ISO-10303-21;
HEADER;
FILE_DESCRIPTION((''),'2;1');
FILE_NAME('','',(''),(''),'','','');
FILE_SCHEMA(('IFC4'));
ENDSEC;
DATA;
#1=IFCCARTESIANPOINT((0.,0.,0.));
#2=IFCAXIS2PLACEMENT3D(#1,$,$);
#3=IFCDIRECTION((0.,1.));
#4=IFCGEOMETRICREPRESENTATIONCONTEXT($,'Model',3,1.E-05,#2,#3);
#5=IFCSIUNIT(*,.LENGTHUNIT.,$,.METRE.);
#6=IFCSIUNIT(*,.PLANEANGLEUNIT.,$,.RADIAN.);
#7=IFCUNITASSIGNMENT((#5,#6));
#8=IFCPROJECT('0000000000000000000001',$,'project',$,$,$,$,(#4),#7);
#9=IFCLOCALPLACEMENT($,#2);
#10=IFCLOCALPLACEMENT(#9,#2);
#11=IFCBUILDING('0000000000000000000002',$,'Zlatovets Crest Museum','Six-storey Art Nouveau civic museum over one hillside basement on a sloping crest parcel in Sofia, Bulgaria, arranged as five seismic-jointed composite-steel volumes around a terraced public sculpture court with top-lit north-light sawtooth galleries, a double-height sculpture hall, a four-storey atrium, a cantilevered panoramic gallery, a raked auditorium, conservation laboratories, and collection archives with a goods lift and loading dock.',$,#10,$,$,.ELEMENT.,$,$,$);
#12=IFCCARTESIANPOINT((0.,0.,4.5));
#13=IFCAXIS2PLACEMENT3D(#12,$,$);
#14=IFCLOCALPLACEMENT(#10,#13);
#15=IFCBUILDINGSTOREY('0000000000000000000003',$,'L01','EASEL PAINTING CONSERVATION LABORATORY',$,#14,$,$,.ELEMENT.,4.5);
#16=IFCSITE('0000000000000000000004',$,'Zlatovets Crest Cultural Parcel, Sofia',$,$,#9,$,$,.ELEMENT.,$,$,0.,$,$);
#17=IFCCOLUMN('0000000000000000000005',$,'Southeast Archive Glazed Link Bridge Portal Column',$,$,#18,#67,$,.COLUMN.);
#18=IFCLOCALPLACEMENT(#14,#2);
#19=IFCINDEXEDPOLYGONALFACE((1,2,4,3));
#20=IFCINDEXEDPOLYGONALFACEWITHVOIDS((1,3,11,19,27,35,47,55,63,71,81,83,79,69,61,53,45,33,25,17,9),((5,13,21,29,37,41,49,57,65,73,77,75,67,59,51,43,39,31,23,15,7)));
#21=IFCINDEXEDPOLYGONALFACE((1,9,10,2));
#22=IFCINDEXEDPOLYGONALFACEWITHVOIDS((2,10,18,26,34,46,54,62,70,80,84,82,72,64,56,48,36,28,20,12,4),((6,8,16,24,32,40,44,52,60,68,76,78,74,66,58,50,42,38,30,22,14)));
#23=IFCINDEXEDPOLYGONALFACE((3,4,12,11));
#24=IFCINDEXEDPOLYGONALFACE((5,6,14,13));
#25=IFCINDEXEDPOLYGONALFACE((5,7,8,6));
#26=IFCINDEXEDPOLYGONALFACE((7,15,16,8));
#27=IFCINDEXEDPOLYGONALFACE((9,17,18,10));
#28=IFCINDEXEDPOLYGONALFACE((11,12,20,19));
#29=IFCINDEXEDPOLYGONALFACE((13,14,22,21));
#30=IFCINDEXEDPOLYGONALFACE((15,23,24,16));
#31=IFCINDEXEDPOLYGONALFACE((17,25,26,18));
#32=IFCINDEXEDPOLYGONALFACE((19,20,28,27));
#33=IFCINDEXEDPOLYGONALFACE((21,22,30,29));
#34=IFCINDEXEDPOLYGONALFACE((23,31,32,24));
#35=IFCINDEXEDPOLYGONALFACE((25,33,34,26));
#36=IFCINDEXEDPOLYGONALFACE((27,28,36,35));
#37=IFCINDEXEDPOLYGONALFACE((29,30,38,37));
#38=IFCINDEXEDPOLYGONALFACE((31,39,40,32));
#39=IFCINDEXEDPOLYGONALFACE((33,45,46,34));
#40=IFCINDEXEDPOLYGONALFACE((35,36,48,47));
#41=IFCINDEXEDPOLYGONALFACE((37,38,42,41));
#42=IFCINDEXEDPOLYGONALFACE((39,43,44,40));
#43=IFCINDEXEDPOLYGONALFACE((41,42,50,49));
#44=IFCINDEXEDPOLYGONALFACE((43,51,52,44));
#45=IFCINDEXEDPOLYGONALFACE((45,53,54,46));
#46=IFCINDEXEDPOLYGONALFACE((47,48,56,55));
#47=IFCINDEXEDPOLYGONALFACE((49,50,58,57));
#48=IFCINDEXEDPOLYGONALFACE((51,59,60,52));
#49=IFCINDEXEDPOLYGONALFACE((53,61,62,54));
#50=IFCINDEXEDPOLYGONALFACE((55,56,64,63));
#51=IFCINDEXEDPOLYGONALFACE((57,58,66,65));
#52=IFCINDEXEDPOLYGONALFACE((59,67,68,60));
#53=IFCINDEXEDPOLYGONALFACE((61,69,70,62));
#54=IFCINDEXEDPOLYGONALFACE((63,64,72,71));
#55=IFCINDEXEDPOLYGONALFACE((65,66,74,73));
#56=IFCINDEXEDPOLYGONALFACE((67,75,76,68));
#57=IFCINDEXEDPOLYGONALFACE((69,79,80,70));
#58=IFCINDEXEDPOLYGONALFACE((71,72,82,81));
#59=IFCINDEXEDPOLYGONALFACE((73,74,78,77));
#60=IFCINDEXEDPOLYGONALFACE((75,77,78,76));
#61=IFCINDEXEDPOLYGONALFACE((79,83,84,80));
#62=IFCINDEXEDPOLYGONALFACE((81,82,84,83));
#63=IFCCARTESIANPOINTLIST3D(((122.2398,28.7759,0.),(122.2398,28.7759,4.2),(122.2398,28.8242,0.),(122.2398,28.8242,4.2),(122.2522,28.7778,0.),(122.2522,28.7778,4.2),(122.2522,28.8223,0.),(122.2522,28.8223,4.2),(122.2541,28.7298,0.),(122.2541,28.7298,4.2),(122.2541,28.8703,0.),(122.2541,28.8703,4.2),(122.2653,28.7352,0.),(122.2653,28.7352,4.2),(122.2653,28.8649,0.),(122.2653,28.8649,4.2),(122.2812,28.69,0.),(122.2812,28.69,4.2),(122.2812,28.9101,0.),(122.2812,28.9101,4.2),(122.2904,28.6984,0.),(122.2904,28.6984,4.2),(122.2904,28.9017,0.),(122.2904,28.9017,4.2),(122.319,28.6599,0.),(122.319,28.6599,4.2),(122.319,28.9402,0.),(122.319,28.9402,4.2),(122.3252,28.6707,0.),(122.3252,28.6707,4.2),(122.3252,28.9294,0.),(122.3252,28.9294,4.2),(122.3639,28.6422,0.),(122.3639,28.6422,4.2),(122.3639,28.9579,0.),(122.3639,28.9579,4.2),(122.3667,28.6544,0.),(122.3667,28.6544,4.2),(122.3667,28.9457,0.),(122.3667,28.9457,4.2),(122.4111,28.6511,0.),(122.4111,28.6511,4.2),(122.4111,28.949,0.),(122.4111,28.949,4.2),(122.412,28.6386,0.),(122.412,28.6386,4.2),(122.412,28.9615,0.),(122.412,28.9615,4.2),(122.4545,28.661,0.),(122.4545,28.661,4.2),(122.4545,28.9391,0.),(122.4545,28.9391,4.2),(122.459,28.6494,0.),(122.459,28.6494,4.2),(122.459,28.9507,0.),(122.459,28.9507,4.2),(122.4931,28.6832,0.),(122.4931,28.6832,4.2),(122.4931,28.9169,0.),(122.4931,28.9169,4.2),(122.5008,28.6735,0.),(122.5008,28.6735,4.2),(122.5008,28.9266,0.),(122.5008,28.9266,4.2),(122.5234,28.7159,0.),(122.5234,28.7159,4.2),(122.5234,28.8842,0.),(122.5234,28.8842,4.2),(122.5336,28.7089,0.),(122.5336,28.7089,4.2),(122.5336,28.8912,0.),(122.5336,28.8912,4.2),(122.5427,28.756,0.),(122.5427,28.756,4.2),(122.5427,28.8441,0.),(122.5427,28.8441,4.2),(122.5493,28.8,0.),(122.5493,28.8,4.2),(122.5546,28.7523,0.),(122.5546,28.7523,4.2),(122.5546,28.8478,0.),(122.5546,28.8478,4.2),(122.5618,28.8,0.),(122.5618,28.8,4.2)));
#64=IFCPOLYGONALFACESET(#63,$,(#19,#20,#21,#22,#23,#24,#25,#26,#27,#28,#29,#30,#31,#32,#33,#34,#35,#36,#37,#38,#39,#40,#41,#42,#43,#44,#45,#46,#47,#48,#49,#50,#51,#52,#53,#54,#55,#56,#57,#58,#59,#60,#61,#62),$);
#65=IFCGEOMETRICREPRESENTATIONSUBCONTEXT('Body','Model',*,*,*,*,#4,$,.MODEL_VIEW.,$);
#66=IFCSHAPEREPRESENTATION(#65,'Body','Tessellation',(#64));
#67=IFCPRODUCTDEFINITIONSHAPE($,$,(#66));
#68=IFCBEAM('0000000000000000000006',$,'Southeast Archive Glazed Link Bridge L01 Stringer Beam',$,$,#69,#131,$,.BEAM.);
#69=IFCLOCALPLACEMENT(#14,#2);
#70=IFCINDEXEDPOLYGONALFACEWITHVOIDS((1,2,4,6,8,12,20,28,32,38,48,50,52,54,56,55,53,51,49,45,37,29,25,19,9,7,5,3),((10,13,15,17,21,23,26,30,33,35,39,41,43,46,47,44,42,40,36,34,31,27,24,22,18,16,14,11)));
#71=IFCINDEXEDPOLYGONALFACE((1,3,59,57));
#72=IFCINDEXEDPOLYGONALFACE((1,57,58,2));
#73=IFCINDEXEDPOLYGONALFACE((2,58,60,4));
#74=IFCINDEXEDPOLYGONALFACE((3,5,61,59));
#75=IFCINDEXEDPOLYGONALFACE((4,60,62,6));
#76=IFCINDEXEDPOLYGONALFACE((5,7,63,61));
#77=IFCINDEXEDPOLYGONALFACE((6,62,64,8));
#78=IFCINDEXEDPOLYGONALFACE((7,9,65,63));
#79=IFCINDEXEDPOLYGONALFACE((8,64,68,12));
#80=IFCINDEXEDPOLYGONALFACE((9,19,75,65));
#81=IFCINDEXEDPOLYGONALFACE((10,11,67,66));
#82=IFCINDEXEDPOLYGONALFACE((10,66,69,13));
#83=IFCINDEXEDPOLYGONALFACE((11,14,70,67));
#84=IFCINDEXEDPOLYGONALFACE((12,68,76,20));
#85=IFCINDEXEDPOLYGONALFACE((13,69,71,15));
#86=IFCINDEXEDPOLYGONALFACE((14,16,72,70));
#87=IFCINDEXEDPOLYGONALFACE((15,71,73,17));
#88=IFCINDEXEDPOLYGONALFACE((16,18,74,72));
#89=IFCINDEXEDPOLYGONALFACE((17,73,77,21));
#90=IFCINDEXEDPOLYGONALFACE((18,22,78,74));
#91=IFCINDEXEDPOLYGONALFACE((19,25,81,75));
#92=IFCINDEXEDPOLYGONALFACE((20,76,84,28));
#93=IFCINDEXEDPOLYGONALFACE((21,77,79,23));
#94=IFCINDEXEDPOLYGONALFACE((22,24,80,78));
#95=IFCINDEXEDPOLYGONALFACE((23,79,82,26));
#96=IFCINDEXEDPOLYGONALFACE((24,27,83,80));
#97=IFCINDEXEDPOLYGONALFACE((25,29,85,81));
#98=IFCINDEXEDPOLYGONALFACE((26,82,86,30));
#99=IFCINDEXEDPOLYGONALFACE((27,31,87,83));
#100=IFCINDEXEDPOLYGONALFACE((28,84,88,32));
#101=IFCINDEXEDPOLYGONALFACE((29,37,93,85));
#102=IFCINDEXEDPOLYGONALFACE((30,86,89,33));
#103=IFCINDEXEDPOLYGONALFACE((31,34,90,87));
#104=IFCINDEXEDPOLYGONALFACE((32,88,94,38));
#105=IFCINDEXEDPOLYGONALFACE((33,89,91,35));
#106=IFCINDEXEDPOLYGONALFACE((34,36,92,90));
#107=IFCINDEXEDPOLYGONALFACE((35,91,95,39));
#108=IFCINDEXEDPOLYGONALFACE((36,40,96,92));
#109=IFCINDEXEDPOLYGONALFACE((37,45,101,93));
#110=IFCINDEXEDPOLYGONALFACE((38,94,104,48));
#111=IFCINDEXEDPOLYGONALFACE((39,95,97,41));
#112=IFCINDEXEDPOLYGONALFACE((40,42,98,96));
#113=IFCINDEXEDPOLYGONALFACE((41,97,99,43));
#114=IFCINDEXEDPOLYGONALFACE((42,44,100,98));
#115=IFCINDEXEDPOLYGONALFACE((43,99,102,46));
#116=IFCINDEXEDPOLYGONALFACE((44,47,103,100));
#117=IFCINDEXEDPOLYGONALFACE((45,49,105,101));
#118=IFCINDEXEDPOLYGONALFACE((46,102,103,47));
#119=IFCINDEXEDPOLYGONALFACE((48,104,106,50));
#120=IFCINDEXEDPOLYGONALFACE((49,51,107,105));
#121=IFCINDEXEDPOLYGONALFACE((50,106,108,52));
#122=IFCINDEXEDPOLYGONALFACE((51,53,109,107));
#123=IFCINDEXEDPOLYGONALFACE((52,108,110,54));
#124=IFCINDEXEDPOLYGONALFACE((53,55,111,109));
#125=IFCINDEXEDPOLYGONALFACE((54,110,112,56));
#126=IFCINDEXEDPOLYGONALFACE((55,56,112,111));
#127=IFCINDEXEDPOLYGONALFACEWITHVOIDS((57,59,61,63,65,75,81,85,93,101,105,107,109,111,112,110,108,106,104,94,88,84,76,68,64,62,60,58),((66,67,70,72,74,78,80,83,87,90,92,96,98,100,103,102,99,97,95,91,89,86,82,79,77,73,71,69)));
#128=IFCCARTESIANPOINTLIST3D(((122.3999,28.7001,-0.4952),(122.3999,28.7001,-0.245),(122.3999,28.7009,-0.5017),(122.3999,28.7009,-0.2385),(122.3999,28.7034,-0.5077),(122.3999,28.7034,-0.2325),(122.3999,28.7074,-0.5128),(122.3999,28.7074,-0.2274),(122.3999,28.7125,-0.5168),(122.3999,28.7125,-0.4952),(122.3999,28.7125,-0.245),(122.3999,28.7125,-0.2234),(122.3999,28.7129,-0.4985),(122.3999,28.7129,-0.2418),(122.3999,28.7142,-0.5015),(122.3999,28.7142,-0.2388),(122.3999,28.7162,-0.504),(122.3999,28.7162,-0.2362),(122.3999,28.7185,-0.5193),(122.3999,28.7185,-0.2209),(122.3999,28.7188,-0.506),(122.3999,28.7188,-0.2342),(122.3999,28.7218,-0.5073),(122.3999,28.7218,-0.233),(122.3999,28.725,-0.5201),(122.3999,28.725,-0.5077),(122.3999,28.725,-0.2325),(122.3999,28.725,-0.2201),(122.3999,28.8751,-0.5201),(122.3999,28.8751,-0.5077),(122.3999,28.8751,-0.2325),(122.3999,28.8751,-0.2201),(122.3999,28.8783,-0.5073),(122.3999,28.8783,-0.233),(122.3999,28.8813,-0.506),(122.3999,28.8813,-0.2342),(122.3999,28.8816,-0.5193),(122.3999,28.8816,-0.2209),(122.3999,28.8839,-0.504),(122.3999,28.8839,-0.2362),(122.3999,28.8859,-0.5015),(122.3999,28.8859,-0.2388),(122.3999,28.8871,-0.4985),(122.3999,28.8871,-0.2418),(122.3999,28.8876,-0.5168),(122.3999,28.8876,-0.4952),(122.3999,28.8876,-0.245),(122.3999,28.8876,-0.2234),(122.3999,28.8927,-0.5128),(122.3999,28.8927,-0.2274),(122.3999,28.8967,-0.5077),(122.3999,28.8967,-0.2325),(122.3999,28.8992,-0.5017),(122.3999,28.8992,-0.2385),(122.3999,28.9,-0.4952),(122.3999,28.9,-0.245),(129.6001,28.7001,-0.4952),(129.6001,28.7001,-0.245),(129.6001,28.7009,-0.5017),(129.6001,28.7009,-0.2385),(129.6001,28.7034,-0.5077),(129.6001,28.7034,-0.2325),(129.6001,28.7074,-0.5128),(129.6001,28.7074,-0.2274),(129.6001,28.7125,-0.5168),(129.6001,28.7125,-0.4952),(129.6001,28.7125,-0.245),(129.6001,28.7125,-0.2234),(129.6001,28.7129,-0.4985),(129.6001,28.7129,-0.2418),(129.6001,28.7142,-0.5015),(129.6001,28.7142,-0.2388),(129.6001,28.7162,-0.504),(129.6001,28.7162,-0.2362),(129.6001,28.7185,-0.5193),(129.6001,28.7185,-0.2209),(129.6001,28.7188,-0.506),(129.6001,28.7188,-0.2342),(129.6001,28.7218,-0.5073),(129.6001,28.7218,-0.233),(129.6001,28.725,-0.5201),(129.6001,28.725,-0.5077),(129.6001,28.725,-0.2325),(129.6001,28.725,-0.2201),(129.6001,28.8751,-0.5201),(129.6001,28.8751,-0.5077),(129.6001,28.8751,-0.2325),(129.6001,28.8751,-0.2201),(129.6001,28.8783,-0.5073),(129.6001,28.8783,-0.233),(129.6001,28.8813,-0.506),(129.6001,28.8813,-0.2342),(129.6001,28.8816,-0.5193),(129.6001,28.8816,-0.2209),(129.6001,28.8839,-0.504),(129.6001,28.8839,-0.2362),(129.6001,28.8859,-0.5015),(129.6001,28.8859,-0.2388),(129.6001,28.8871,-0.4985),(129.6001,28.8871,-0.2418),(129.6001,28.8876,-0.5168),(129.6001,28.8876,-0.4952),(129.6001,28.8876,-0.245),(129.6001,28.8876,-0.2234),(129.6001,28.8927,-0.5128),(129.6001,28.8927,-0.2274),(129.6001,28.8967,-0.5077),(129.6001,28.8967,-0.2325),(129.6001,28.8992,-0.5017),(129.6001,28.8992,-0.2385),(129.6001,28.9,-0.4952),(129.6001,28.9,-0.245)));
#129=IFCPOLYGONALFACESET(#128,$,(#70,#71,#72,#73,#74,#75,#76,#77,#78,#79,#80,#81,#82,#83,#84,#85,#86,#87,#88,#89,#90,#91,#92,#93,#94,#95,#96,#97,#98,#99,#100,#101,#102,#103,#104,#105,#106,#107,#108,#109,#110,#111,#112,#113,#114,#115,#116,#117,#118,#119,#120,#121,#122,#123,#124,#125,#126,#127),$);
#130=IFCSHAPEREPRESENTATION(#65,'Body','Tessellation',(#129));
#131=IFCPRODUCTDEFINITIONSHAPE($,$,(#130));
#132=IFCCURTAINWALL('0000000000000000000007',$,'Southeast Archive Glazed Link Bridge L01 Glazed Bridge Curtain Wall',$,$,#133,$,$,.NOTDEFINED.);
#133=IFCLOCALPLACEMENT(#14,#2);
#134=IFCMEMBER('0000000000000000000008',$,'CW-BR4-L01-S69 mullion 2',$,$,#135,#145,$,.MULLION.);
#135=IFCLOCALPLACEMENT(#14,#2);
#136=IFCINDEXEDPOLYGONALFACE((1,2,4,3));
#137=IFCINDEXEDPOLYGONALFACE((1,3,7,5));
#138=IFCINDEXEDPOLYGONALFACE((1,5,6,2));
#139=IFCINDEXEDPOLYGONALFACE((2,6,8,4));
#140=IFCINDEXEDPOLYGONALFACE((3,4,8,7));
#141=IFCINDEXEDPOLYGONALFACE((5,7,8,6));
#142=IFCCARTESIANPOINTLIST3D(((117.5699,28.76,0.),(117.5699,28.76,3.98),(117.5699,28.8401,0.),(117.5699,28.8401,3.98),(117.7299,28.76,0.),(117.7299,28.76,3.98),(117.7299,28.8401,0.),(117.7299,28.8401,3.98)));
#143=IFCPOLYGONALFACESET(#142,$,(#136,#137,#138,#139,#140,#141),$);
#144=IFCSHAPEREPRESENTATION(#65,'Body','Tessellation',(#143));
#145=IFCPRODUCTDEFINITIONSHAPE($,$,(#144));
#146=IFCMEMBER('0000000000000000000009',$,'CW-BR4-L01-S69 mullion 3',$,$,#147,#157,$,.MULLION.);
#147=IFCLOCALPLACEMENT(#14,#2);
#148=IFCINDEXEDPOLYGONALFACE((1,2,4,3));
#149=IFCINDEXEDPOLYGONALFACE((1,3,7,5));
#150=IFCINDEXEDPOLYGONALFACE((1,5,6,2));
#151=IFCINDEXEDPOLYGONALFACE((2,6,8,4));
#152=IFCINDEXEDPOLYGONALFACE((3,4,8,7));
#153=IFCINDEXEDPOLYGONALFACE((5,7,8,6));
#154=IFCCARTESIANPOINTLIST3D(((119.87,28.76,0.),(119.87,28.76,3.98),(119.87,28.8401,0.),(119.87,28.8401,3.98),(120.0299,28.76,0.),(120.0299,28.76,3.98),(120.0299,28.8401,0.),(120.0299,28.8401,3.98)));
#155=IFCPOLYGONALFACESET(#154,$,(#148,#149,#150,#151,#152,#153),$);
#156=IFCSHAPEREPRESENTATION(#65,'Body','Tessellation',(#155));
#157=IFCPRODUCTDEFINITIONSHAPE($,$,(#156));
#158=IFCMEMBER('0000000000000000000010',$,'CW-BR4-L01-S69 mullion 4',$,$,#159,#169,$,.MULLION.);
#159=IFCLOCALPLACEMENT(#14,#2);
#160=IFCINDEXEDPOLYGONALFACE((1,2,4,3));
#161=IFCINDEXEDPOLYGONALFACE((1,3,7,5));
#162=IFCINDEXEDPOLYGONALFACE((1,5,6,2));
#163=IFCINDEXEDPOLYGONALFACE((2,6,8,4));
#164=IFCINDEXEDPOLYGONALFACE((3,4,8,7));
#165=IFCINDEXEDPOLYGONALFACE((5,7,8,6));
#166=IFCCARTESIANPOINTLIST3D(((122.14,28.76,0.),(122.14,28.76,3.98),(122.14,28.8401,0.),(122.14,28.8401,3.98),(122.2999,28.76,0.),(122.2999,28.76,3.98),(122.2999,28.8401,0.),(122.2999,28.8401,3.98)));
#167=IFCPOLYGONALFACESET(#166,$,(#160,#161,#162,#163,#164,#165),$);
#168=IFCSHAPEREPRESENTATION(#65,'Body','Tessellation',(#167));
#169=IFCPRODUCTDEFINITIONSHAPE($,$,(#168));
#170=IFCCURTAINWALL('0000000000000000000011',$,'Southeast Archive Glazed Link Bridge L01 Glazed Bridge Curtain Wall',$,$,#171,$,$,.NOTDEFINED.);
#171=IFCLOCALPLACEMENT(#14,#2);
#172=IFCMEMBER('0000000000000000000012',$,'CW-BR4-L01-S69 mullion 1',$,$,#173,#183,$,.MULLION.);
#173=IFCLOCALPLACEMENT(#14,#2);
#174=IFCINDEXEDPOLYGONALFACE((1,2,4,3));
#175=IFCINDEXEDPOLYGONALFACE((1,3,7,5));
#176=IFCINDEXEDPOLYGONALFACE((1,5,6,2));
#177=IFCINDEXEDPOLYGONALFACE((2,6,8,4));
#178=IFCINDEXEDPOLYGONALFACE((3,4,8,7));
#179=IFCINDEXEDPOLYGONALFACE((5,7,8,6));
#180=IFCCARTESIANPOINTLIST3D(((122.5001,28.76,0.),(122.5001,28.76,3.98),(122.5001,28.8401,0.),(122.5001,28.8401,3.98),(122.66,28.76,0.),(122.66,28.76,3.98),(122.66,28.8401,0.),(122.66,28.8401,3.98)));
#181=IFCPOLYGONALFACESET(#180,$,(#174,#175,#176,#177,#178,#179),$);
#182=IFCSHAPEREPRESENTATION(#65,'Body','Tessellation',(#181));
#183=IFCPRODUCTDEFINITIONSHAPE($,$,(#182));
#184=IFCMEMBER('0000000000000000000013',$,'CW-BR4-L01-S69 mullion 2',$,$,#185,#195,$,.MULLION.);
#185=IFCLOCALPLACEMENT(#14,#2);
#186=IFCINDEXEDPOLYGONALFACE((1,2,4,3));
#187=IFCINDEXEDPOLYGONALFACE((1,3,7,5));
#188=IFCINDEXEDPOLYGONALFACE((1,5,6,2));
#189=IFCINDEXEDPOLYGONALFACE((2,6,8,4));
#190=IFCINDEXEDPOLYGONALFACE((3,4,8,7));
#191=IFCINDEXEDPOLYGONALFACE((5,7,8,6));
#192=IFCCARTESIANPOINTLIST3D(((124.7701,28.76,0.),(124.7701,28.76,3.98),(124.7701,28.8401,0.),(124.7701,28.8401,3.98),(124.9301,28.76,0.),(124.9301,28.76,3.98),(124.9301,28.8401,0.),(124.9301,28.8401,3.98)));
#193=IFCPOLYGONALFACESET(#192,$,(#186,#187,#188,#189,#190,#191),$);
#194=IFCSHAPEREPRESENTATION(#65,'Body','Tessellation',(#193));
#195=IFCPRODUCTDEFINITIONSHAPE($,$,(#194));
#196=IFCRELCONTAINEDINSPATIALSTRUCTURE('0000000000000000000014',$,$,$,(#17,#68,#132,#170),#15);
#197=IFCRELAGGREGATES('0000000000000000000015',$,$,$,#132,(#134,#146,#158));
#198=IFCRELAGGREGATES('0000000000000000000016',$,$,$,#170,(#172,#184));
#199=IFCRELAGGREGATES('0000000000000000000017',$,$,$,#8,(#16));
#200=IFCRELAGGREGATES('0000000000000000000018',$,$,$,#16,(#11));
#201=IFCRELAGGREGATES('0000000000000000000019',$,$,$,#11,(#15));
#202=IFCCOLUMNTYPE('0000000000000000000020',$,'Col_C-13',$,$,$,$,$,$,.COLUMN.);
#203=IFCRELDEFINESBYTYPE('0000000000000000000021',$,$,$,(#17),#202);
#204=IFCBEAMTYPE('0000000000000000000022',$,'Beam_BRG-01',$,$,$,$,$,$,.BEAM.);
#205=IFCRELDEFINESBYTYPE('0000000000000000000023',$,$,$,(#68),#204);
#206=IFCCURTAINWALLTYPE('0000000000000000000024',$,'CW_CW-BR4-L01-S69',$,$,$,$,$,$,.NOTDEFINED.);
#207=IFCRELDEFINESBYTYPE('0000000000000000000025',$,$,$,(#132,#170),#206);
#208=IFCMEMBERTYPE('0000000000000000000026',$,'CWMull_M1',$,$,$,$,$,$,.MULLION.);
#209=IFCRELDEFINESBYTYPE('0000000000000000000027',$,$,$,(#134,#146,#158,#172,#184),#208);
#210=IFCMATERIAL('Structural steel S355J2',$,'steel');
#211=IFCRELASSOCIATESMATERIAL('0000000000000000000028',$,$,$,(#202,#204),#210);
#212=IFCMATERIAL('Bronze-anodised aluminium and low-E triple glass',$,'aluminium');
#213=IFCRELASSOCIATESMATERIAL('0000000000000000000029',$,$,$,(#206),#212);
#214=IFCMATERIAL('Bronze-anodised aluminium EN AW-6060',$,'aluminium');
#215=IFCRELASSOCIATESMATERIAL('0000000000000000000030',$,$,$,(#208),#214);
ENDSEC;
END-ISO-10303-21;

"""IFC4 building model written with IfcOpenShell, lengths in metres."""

from ifc_helpers import new_model, si_unit, direction, frame, origin, origin_2d, place, context, subcontext, project, spatial, rectangle, hollow_rectangle, hollow_circle, extrude, material, material_profile, profile_set, type_object, element, aggregate, save


model = new_model("IFC4")

# Units and contexts
model_context = context("Model", 3, precision=1e-05, world=origin(), true_north=direction((0.0, 1.0)))
body_context = subcontext(model_context, "Body", "Model", "MODEL_VIEW")
ifc_project = project(units=[si_unit("LENGTHUNIT", "METRE"), si_unit("PLANEANGLEUNIT", "RADIAN")], contexts=[model_context])

# Site, building, storey
site_placement = place(None, origin())
site = spatial("IfcSite", under=ifc_project, at=site_placement, Name="Zlatovets Crest Cultural Parcel, Sofia", CompositionType="ELEMENT", RefElevation=0.0)
building_placement = place(site_placement, origin())
building = spatial("IfcBuilding", under=site, at=building_placement, Name="Zlatovets Crest Museum", Description="Six-storey Art Nouveau civic museum over one hillside basement on a sloping crest parcel in Sofia, Bulgaria, arranged as five seismic-jointed composite-steel volumes around a terraced public sculpture court with top-lit north-light sawtooth galleries, a double-height sculpture hall, a four-storey atrium, a cantilevered panoramic gallery, a raked auditorium, conservation laboratories, and collection archives with a goods lift and loading dock.", CompositionType="ELEMENT")
storey_placement = place(building_placement, frame((0.0, 0.0, 4.5)))
storey = spatial("IfcBuildingStorey", under=building, at=storey_placement, Name="L01", Description="EASEL PAINTING CONSERVATION LABORATORY", CompositionType="ELEMENT", Elevation=4.5)

# Column
ifc_material_1 = material(Name="Structural steel S355J2", Category="steel")
ifc_material_profile_1 = material_profile(ifc_material_1, hollow_circle(Radius=0.1619, WallThickness=0.0125, at=origin_2d()), Name="CHS 323.9x12.5")
ifc_profile_set_1 = profile_set([ifc_material_profile_1], Name="Structural steel S355J2")
column_type = type_object("IfcColumnType", Name="Col_C-13", PredefinedType="COLUMN", material=ifc_profile_set_1)
column_placement = place(storey_placement, frame((122.3999, 28.8, 0.0), z_axis=(0.0, 0.0, 1.0), x_axis=(1.0, 0.0, 0.0)))
element("IfcColumn", 1, at=column_placement, inside=storey, type_object=column_type, Name="Southeast Archive Glazed Link Bridge Portal Column", PredefinedType="COLUMN", context=body_context, shape_type="SweptSolid", body=[
    extrude(hollow_circle(Radius=0.1619, WallThickness=0.0125, at=origin_2d()), origin(), (0.0, 0.0, 1.0), 4.2),
])

# Beam
ifc_material_profile_2 = material_profile(ifc_material_1, hollow_rectangle(XDim=0.2, YDim=0.3, WallThickness=0.0125, InnerFilletRadius=0.0125, OuterFilletRadius=0.0249, at=origin_2d()), Name="RHS 200x300x12.5")
ifc_profile_set_2 = profile_set([ifc_material_profile_2], Name="Structural steel S355J2")
beam_type = type_object("IfcBeamType", Name="Beam_BRG-01", PredefinedType="BEAM", material=ifc_profile_set_2)
beam_placement = place(storey_placement, frame((122.3999, 28.8, -0.3701), z_axis=(1.0, 0.0, 0.0), x_axis=(0.0, 1.0, 0.0)))
element("IfcBeam", 2, at=beam_placement, inside=storey, type_object=beam_type, Name="Southeast Archive Glazed Link Bridge L01 Stringer Beam", PredefinedType="BEAM", context=body_context, shape_type="SweptSolid", body=[
    extrude(hollow_rectangle(XDim=0.2, YDim=0.3, WallThickness=0.0125, InnerFilletRadius=0.0125, OuterFilletRadius=0.0249, at=origin_2d()), origin(), (0.0, 0.0, 1.0), 7.2002),
])

# Curtain walls, members
ifc_material_2 = material(Name="Bronze-anodised aluminium and low-E triple glass", Category="aluminium")
curtain_wall_type = type_object("IfcCurtainWallType", Name="CW_CW-BR4-L01-S69", PredefinedType="NOTDEFINED", material=ifc_material_2)
curtain_wall_1_placement = place(storey_placement, origin())
curtain_wall_1 = element("IfcCurtainWall", 3, at=curtain_wall_1_placement, inside=storey, type_object=curtain_wall_type, Name="Southeast Archive Glazed Link Bridge L01 Glazed Bridge Curtain Wall", PredefinedType="NOTDEFINED")
ifc_material_3 = material(Name="Bronze-anodised aluminium EN AW-6060", Category="aluminium")
ifc_material_profile_3 = material_profile(ifc_material_3, rectangle(XDim=0.0801, YDim=0.1599, at=origin_2d()), Name="ALU 80x160")
ifc_profile_set_3 = profile_set([ifc_material_profile_3], Name="Bronze-anodised aluminium EN AW-6060")
member_type_1 = type_object("IfcMemberType", Name="CWMull_M1", PredefinedType="MULLION", material=ifc_profile_set_3)
member_1_placement = place(storey_placement, frame((117.6499, 28.8, 0.0), z_axis=(0.0, 0.0, 1.0), x_axis=(0.0, 1.0, 0.0)))
member_1 = element("IfcMember", 4, at=member_1_placement, type_object=member_type_1, Name="CW-BR4-L01-S69 mullion 2", PredefinedType="MULLION", context=body_context, shape_type="SweptSolid", body=[
    extrude(rectangle(XDim=0.0801, YDim=0.1599, at=origin_2d()), origin(), (0.0, 0.0, 1.0), 3.98),
])
member_2_placement = place(storey_placement, frame((119.95, 28.8, 0.0), z_axis=(0.0, 0.0, 1.0), x_axis=(0.0, 1.0, 0.0)))
member_2 = element("IfcMember", 5, at=member_2_placement, type_object=member_type_1, Name="CW-BR4-L01-S69 mullion 3", PredefinedType="MULLION", context=body_context, shape_type="SweptSolid", body=[
    extrude(rectangle(XDim=0.0801, YDim=0.1599, at=origin_2d()), origin(), (0.0, 0.0, 1.0), 3.98),
])
member_3_placement = place(storey_placement, frame((122.22, 28.8, 0.0), z_axis=(0.0, 0.0, 1.0), x_axis=(0.0, 1.0, 0.0)))
member_3 = element("IfcMember", 6, at=member_3_placement, type_object=member_type_1, Name="CW-BR4-L01-S69 mullion 4", PredefinedType="MULLION", context=body_context, shape_type="SweptSolid", body=[
    extrude(rectangle(XDim=0.0801, YDim=0.1599, at=origin_2d()), origin(), (0.0, 0.0, 1.0), 3.98),
])
curtain_wall_2_placement = place(storey_placement, origin())
curtain_wall_2 = element("IfcCurtainWall", 7, at=curtain_wall_2_placement, inside=storey, type_object=curtain_wall_type, Name="Southeast Archive Glazed Link Bridge L01 Glazed Bridge Curtain Wall", PredefinedType="NOTDEFINED")
member_4_placement = place(storey_placement, frame((122.5801, 28.8, 0.0), z_axis=(0.0, 0.0, 1.0), x_axis=(0.0, 1.0, 0.0)))
member_4 = element("IfcMember", 8, at=member_4_placement, type_object=member_type_1, Name="CW-BR4-L01-S69 mullion 1", PredefinedType="MULLION", context=body_context, shape_type="SweptSolid", body=[
    extrude(rectangle(XDim=0.0801, YDim=0.1599, at=origin_2d()), origin(), (0.0, 0.0, 1.0), 3.98),
])
member_5_placement = place(storey_placement, frame((124.8501, 28.8, 0.0), z_axis=(0.0, 0.0, 1.0), x_axis=(0.0, 1.0, 0.0)))
member_5 = element("IfcMember", 9, at=member_5_placement, type_object=member_type_1, Name="CW-BR4-L01-S69 mullion 2", PredefinedType="MULLION", context=body_context, shape_type="SweptSolid", body=[
    extrude(rectangle(XDim=0.0801, YDim=0.1599, at=origin_2d()), origin(), (0.0, 0.0, 1.0), 3.98),
])

aggregate(curtain_wall_1, [member_1, member_2, member_3])
aggregate(curtain_wall_2, [member_4, member_5])

save(model, "model.ifc")
